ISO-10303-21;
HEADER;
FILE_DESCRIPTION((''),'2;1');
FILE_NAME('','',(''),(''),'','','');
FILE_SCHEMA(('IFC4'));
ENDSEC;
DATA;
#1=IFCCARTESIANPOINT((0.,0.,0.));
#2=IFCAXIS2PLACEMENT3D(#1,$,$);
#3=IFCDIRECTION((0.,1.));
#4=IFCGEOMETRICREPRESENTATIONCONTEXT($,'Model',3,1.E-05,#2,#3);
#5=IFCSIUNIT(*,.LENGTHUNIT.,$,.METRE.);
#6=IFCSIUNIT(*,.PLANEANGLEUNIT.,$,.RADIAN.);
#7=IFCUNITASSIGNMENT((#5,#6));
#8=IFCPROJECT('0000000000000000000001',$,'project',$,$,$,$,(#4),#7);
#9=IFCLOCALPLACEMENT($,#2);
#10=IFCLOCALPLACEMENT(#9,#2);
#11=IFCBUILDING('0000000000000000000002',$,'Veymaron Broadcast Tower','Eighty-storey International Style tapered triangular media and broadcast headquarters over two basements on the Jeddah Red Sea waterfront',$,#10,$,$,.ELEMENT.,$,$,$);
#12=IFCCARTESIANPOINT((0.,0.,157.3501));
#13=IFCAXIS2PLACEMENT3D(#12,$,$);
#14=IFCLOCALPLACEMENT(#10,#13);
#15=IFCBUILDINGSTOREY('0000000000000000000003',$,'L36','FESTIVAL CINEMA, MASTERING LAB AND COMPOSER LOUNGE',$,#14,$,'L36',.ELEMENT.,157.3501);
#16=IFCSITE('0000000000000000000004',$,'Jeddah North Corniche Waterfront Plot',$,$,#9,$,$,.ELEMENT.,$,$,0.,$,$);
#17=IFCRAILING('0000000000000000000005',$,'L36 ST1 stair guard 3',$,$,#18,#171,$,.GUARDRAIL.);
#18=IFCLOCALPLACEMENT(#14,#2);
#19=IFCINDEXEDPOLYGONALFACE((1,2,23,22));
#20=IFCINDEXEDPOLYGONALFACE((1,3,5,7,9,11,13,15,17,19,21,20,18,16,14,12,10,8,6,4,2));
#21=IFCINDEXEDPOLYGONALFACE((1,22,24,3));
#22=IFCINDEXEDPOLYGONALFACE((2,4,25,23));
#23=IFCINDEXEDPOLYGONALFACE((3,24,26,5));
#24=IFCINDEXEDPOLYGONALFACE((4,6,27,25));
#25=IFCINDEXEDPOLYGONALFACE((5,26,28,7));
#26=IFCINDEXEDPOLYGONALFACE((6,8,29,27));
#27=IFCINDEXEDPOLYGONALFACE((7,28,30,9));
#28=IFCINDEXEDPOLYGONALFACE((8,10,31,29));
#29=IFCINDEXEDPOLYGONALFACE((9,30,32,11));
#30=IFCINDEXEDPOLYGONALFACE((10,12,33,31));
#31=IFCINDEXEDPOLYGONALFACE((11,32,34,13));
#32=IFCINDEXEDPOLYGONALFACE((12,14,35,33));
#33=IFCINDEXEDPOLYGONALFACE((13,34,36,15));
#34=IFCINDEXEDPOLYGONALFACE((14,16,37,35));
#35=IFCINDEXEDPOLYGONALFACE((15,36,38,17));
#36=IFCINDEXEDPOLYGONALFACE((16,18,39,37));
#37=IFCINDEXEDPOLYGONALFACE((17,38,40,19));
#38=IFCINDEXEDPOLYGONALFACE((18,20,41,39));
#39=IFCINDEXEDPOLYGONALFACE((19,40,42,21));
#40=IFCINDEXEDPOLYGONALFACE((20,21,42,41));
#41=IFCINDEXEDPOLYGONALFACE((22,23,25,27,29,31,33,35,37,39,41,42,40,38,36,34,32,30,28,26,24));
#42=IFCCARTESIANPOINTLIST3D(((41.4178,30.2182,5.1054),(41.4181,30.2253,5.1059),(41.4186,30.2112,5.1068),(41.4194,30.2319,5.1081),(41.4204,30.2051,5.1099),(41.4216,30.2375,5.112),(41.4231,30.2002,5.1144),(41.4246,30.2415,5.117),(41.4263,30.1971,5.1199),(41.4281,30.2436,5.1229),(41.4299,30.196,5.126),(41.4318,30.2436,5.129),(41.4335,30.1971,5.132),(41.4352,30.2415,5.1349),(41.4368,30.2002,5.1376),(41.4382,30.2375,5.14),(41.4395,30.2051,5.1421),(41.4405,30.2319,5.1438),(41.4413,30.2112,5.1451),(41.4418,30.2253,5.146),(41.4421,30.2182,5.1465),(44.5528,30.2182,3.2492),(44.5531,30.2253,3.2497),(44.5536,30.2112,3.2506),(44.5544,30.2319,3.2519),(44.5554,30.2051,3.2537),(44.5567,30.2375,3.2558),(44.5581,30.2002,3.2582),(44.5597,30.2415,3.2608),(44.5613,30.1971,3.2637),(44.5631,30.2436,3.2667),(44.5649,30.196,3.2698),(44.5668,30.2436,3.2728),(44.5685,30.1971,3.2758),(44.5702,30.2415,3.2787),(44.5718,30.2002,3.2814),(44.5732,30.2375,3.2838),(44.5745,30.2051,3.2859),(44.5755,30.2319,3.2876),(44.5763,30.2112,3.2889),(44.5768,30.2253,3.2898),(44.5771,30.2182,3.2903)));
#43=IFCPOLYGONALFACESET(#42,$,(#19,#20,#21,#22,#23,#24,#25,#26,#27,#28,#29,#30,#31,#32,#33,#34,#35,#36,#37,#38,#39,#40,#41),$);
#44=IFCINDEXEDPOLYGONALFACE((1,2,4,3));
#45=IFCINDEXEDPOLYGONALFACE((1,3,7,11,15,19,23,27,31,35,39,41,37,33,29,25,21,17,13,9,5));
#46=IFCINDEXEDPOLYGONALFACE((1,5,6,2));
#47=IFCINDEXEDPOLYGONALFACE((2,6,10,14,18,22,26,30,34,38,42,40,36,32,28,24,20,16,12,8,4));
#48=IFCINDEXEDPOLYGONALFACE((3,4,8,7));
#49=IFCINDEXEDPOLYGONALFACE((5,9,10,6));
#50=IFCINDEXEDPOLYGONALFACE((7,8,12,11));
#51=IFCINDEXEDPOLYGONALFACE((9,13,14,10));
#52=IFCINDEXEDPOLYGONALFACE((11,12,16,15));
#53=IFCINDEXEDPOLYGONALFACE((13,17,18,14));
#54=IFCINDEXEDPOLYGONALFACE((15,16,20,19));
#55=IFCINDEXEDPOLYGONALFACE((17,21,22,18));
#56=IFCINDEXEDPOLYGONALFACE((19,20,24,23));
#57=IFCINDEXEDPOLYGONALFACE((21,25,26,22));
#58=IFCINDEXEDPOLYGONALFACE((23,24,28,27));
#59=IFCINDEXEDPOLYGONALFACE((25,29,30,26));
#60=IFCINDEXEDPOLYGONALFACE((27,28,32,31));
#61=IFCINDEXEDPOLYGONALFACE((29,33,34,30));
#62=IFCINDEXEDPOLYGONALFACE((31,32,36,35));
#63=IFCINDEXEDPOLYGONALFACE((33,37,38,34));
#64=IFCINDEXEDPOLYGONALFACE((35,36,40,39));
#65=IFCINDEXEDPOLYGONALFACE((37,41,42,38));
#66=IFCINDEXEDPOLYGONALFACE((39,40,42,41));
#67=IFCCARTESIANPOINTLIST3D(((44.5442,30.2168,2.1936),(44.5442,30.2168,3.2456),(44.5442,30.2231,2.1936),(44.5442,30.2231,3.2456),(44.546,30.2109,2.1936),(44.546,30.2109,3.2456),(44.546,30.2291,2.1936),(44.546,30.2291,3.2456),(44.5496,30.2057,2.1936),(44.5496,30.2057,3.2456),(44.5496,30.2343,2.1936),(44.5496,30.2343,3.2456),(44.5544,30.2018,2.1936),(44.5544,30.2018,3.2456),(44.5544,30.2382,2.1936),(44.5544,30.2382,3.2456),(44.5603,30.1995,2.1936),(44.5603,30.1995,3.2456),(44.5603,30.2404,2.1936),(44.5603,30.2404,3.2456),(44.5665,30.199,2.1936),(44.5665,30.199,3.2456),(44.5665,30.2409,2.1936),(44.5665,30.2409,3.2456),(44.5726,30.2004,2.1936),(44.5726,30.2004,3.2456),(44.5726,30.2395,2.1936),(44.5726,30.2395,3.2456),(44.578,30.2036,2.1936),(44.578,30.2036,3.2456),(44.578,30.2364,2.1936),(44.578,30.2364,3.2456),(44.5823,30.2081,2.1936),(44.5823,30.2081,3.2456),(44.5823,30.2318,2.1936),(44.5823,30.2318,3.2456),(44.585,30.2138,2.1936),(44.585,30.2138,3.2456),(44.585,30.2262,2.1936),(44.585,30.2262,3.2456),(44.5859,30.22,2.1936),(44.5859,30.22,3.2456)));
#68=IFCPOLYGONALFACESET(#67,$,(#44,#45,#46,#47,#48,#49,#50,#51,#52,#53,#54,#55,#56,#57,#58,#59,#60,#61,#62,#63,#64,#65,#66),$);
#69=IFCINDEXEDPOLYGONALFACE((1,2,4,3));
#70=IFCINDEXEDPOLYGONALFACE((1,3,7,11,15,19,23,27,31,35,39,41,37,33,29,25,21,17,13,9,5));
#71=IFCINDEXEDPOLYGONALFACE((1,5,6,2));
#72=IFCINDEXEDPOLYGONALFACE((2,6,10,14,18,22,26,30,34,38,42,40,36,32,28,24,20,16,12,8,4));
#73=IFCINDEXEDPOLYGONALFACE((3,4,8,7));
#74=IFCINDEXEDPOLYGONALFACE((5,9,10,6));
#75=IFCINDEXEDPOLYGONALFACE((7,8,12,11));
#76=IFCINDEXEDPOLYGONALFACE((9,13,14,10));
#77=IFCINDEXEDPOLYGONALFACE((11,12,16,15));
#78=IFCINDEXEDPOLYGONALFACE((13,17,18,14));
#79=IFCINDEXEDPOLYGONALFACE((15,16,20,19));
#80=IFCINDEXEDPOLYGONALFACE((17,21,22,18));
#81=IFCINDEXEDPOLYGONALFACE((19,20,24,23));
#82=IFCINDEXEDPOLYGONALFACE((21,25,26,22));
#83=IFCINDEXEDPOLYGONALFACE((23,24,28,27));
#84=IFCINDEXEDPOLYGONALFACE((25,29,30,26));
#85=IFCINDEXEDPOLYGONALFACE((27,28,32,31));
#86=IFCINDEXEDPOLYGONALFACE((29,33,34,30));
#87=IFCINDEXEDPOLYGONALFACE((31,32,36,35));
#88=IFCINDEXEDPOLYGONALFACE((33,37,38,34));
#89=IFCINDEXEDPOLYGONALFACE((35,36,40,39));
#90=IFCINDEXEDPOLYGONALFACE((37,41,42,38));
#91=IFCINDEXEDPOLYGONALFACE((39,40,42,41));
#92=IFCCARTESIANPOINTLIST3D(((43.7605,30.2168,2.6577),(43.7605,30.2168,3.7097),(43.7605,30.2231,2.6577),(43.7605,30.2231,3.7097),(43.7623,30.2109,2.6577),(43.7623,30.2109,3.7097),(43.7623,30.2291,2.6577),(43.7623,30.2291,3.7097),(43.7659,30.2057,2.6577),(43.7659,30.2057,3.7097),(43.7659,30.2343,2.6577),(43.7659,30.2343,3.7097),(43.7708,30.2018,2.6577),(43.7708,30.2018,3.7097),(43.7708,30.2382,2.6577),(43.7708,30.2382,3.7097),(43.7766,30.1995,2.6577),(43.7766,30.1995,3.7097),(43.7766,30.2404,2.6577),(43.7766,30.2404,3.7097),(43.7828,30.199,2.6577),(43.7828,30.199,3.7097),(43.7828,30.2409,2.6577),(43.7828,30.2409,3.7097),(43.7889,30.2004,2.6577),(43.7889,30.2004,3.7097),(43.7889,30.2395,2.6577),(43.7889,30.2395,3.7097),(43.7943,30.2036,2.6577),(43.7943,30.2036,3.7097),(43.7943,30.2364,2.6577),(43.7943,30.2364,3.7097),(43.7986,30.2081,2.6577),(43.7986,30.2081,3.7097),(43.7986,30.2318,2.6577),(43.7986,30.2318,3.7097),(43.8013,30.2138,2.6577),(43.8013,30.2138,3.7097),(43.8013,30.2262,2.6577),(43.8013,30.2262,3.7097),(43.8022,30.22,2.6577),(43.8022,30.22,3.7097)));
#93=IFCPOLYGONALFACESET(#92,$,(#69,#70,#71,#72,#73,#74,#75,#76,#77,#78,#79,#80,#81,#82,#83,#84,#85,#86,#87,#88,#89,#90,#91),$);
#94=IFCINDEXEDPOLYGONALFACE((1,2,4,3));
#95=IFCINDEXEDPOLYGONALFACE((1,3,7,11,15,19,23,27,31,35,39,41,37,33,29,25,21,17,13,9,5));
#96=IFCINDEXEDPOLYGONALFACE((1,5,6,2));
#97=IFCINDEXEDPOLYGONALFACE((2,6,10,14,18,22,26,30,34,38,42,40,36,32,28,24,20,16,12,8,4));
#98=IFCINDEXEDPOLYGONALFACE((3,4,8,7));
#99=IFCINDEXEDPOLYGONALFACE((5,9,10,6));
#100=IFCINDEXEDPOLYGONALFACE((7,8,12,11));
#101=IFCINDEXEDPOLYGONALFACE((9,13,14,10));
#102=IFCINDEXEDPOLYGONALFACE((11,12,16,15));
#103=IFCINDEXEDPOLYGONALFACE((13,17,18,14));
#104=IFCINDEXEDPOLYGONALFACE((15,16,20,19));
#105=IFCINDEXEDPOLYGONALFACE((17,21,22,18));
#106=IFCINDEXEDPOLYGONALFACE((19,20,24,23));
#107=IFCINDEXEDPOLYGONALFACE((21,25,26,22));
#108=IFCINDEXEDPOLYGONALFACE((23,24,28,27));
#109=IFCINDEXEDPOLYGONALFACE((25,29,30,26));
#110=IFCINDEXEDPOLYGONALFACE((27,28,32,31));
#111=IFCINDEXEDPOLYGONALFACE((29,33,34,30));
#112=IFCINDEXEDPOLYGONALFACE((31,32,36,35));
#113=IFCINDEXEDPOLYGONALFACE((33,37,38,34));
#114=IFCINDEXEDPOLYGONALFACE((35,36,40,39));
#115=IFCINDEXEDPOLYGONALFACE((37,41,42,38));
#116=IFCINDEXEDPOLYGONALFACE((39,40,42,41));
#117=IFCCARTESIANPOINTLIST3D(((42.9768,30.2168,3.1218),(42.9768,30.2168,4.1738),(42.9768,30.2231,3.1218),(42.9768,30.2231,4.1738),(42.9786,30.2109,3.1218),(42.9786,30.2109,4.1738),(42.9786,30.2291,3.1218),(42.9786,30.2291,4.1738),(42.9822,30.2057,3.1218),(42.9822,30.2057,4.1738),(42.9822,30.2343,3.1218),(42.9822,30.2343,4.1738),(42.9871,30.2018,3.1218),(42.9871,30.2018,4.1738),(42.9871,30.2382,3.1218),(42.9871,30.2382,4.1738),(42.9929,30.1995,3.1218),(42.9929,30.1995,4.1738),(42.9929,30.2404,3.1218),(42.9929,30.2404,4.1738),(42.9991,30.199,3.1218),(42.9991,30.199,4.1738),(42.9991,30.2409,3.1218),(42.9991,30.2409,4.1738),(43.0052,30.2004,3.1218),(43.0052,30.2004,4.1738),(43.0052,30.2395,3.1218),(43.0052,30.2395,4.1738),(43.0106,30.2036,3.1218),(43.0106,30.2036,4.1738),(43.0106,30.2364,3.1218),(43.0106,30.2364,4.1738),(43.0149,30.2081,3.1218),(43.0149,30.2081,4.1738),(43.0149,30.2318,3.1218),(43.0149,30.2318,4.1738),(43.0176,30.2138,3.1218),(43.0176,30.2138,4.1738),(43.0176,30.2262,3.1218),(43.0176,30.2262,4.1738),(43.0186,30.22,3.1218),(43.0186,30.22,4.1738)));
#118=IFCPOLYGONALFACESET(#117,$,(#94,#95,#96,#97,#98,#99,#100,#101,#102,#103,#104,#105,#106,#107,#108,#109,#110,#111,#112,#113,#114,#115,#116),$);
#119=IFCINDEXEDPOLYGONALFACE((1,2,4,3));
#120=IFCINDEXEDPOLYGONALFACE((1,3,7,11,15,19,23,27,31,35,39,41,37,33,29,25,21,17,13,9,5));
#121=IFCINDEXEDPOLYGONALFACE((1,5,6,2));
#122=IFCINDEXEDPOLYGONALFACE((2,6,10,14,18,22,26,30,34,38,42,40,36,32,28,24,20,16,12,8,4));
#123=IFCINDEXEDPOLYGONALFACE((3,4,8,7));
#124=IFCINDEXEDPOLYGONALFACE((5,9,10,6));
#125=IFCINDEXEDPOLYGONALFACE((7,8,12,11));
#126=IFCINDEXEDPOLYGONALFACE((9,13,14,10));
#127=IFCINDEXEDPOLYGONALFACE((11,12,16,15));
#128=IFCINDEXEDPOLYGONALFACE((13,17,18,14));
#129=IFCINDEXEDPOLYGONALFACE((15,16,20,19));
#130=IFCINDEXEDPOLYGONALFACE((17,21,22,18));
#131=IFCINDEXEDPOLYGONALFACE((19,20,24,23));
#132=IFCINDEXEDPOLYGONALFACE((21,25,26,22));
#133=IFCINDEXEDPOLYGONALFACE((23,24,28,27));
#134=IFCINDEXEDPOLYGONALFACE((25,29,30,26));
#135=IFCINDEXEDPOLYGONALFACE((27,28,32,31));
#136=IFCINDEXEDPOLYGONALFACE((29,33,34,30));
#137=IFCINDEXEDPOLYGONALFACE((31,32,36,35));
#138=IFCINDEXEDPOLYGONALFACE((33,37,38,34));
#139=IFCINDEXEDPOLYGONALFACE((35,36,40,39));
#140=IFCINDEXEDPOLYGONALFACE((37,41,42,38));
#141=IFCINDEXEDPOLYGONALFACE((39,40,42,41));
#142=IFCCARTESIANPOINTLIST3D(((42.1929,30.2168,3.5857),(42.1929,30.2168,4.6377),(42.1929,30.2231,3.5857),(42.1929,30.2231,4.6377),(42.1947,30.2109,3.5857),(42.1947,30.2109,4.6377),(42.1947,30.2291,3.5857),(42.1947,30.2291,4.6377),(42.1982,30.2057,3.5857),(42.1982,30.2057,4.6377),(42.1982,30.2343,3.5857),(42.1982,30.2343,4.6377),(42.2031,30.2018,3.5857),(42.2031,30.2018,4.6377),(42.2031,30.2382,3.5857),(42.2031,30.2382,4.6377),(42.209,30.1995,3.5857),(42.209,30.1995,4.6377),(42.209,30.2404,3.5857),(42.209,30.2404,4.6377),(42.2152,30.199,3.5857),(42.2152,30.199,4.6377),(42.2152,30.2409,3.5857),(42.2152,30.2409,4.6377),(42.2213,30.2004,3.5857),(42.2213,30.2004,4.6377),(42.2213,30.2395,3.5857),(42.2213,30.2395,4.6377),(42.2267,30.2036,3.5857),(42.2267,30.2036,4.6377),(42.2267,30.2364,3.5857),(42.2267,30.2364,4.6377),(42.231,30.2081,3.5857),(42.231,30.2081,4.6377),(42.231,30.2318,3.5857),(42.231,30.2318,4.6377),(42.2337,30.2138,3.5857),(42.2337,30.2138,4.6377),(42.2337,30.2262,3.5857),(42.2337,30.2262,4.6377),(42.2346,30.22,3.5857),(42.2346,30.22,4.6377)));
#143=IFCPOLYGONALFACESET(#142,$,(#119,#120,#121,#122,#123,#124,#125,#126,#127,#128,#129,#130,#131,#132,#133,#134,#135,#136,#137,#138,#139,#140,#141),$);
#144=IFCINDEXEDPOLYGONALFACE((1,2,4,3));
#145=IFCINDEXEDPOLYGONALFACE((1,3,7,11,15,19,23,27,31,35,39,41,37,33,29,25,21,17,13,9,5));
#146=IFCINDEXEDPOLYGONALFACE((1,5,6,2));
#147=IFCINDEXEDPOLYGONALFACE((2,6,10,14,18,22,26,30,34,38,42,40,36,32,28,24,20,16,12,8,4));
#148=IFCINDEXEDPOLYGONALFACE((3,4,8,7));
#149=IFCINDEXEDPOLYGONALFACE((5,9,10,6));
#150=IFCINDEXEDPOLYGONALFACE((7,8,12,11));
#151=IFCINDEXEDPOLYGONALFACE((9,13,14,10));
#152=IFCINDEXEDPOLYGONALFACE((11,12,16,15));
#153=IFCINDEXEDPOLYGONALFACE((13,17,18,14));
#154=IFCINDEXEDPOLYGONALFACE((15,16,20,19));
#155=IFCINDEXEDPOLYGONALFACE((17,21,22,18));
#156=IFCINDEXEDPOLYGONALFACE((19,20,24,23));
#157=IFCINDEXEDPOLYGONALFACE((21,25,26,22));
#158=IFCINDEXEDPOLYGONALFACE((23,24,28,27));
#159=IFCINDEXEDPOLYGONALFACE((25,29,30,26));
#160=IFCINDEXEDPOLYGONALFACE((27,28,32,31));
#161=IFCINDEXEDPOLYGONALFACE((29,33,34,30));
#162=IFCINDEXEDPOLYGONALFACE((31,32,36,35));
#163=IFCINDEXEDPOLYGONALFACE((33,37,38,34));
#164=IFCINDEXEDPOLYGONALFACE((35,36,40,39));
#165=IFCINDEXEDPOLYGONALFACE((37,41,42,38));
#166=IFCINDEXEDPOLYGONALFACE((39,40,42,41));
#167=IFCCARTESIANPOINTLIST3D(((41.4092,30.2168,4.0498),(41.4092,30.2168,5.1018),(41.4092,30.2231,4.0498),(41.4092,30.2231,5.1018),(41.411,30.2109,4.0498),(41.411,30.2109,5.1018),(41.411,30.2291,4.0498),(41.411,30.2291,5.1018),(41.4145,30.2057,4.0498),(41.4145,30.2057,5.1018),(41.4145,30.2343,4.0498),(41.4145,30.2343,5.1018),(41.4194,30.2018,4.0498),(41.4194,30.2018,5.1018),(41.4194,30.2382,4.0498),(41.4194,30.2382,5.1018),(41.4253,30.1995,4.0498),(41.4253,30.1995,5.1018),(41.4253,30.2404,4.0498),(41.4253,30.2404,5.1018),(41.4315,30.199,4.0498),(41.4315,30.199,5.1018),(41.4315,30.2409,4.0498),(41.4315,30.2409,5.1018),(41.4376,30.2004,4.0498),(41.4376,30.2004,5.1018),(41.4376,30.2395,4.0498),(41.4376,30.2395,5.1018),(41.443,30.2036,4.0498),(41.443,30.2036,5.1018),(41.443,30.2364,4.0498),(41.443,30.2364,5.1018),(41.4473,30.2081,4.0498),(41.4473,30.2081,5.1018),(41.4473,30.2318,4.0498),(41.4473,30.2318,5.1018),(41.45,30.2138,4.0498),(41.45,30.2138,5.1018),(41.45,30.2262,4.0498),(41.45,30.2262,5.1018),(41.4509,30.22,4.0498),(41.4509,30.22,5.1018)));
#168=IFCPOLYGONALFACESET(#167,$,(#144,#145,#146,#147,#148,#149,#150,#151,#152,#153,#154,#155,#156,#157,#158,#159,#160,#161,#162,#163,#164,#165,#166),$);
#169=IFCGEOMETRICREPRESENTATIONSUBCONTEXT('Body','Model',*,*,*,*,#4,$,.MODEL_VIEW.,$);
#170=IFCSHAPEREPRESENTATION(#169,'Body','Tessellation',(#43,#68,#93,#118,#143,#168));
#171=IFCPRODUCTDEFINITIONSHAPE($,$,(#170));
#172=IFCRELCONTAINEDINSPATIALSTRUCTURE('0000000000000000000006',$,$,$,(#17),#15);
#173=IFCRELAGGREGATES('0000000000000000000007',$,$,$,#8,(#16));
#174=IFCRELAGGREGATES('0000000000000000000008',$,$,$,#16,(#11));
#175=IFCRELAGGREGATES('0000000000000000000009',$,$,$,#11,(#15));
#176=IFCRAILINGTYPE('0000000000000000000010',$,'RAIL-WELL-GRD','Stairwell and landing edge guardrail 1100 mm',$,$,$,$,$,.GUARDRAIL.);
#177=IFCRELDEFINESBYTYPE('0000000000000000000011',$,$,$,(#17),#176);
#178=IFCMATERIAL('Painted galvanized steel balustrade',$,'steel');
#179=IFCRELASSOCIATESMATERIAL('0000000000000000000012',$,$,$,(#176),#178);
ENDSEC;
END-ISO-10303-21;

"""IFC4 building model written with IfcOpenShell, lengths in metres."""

from ifc_helpers import new_model, si_unit, direction, frame, origin, origin_2d, place, context, subcontext, project, spatial, circle, extrude, material, type_object, element, save


model = new_model("IFC4")

# Units and contexts
model_context = context("Model", 3, precision=1e-05, world=origin(), true_north=direction((0.0, 1.0)))
body_context = subcontext(model_context, "Body", "Model", "MODEL_VIEW")
ifc_project = project(units=[si_unit("LENGTHUNIT", "METRE"), si_unit("PLANEANGLEUNIT", "RADIAN")], contexts=[model_context])

# Site, building, storey
site_placement = place(None, origin())
site = spatial("IfcSite", under=ifc_project, at=site_placement, Name="Jeddah North Corniche Waterfront Plot", CompositionType="ELEMENT", RefElevation=0.0)
building_placement = place(site_placement, origin())
building = spatial("IfcBuilding", under=site, at=building_placement, Name="Veymaron Broadcast Tower", Description="Eighty-storey International Style tapered triangular media and broadcast headquarters over two basements on the Jeddah Red Sea waterfront", CompositionType="ELEMENT")
storey_placement = place(building_placement, frame((0.0, 0.0, 157.3501)))
storey = spatial("IfcBuildingStorey", under=building, at=storey_placement, Name="L36", Description="FESTIVAL CINEMA, MASTERING LAB AND COMPOSER LOUNGE", LongName="L36", CompositionType="ELEMENT", Elevation=157.3501)

# Railing
ifc_material_1 = material(Name="Painted galvanized steel balustrade", Category="steel")
railing_type_1 = type_object("IfcRailingType", Name="RAIL-WELL-GRD", Description="Stairwell and landing edge guardrail 1100 mm", PredefinedType="GUARDRAIL", material=ifc_material_1)
railing_1_placement = place(storey_placement, frame((44.5649, 30.22, 2.1936)))
element("IfcRailing", 1, at=railing_1_placement, inside=storey, type_object=railing_type_1, Name="L36 ST1 stair guard 3", PredefinedType="GUARDRAIL", context=body_context, shape_type="SweptSolid", body=[
    extrude(circle(Radius=0.0239, at=origin_2d()), frame((0.0, 0.0, 1.0762), z_axis=(-0.860482, 0.0, 0.509481), x_axis=(0.0, -1.0, 0.0)), (0.0, 0.0, 1.0), 3.6433),
    extrude(circle(Radius=0.021, at=origin_2d()), origin(), (0.0, 0.0, 1.0), 1.052),
    extrude(circle(Radius=0.021, at=origin_2d()), frame((-0.7837, 0.0, 0.4641)), (0.0, 0.0, 1.0), 1.052),
    extrude(circle(Radius=0.021, at=origin_2d()), frame((-1.5674, 0.0, 0.9282)), (0.0, 0.0, 1.0), 1.052),
    extrude(circle(Radius=0.021, at=origin_2d()), frame((-2.3513, 0.0, 1.3921)), (0.0, 0.0, 1.0), 1.052),
    extrude(circle(Radius=0.021, at=origin_2d()), frame((-3.135, 0.0, 1.8562)), (0.0, 0.0, 1.0), 1.052),
])

save(model, "model.ifc")
